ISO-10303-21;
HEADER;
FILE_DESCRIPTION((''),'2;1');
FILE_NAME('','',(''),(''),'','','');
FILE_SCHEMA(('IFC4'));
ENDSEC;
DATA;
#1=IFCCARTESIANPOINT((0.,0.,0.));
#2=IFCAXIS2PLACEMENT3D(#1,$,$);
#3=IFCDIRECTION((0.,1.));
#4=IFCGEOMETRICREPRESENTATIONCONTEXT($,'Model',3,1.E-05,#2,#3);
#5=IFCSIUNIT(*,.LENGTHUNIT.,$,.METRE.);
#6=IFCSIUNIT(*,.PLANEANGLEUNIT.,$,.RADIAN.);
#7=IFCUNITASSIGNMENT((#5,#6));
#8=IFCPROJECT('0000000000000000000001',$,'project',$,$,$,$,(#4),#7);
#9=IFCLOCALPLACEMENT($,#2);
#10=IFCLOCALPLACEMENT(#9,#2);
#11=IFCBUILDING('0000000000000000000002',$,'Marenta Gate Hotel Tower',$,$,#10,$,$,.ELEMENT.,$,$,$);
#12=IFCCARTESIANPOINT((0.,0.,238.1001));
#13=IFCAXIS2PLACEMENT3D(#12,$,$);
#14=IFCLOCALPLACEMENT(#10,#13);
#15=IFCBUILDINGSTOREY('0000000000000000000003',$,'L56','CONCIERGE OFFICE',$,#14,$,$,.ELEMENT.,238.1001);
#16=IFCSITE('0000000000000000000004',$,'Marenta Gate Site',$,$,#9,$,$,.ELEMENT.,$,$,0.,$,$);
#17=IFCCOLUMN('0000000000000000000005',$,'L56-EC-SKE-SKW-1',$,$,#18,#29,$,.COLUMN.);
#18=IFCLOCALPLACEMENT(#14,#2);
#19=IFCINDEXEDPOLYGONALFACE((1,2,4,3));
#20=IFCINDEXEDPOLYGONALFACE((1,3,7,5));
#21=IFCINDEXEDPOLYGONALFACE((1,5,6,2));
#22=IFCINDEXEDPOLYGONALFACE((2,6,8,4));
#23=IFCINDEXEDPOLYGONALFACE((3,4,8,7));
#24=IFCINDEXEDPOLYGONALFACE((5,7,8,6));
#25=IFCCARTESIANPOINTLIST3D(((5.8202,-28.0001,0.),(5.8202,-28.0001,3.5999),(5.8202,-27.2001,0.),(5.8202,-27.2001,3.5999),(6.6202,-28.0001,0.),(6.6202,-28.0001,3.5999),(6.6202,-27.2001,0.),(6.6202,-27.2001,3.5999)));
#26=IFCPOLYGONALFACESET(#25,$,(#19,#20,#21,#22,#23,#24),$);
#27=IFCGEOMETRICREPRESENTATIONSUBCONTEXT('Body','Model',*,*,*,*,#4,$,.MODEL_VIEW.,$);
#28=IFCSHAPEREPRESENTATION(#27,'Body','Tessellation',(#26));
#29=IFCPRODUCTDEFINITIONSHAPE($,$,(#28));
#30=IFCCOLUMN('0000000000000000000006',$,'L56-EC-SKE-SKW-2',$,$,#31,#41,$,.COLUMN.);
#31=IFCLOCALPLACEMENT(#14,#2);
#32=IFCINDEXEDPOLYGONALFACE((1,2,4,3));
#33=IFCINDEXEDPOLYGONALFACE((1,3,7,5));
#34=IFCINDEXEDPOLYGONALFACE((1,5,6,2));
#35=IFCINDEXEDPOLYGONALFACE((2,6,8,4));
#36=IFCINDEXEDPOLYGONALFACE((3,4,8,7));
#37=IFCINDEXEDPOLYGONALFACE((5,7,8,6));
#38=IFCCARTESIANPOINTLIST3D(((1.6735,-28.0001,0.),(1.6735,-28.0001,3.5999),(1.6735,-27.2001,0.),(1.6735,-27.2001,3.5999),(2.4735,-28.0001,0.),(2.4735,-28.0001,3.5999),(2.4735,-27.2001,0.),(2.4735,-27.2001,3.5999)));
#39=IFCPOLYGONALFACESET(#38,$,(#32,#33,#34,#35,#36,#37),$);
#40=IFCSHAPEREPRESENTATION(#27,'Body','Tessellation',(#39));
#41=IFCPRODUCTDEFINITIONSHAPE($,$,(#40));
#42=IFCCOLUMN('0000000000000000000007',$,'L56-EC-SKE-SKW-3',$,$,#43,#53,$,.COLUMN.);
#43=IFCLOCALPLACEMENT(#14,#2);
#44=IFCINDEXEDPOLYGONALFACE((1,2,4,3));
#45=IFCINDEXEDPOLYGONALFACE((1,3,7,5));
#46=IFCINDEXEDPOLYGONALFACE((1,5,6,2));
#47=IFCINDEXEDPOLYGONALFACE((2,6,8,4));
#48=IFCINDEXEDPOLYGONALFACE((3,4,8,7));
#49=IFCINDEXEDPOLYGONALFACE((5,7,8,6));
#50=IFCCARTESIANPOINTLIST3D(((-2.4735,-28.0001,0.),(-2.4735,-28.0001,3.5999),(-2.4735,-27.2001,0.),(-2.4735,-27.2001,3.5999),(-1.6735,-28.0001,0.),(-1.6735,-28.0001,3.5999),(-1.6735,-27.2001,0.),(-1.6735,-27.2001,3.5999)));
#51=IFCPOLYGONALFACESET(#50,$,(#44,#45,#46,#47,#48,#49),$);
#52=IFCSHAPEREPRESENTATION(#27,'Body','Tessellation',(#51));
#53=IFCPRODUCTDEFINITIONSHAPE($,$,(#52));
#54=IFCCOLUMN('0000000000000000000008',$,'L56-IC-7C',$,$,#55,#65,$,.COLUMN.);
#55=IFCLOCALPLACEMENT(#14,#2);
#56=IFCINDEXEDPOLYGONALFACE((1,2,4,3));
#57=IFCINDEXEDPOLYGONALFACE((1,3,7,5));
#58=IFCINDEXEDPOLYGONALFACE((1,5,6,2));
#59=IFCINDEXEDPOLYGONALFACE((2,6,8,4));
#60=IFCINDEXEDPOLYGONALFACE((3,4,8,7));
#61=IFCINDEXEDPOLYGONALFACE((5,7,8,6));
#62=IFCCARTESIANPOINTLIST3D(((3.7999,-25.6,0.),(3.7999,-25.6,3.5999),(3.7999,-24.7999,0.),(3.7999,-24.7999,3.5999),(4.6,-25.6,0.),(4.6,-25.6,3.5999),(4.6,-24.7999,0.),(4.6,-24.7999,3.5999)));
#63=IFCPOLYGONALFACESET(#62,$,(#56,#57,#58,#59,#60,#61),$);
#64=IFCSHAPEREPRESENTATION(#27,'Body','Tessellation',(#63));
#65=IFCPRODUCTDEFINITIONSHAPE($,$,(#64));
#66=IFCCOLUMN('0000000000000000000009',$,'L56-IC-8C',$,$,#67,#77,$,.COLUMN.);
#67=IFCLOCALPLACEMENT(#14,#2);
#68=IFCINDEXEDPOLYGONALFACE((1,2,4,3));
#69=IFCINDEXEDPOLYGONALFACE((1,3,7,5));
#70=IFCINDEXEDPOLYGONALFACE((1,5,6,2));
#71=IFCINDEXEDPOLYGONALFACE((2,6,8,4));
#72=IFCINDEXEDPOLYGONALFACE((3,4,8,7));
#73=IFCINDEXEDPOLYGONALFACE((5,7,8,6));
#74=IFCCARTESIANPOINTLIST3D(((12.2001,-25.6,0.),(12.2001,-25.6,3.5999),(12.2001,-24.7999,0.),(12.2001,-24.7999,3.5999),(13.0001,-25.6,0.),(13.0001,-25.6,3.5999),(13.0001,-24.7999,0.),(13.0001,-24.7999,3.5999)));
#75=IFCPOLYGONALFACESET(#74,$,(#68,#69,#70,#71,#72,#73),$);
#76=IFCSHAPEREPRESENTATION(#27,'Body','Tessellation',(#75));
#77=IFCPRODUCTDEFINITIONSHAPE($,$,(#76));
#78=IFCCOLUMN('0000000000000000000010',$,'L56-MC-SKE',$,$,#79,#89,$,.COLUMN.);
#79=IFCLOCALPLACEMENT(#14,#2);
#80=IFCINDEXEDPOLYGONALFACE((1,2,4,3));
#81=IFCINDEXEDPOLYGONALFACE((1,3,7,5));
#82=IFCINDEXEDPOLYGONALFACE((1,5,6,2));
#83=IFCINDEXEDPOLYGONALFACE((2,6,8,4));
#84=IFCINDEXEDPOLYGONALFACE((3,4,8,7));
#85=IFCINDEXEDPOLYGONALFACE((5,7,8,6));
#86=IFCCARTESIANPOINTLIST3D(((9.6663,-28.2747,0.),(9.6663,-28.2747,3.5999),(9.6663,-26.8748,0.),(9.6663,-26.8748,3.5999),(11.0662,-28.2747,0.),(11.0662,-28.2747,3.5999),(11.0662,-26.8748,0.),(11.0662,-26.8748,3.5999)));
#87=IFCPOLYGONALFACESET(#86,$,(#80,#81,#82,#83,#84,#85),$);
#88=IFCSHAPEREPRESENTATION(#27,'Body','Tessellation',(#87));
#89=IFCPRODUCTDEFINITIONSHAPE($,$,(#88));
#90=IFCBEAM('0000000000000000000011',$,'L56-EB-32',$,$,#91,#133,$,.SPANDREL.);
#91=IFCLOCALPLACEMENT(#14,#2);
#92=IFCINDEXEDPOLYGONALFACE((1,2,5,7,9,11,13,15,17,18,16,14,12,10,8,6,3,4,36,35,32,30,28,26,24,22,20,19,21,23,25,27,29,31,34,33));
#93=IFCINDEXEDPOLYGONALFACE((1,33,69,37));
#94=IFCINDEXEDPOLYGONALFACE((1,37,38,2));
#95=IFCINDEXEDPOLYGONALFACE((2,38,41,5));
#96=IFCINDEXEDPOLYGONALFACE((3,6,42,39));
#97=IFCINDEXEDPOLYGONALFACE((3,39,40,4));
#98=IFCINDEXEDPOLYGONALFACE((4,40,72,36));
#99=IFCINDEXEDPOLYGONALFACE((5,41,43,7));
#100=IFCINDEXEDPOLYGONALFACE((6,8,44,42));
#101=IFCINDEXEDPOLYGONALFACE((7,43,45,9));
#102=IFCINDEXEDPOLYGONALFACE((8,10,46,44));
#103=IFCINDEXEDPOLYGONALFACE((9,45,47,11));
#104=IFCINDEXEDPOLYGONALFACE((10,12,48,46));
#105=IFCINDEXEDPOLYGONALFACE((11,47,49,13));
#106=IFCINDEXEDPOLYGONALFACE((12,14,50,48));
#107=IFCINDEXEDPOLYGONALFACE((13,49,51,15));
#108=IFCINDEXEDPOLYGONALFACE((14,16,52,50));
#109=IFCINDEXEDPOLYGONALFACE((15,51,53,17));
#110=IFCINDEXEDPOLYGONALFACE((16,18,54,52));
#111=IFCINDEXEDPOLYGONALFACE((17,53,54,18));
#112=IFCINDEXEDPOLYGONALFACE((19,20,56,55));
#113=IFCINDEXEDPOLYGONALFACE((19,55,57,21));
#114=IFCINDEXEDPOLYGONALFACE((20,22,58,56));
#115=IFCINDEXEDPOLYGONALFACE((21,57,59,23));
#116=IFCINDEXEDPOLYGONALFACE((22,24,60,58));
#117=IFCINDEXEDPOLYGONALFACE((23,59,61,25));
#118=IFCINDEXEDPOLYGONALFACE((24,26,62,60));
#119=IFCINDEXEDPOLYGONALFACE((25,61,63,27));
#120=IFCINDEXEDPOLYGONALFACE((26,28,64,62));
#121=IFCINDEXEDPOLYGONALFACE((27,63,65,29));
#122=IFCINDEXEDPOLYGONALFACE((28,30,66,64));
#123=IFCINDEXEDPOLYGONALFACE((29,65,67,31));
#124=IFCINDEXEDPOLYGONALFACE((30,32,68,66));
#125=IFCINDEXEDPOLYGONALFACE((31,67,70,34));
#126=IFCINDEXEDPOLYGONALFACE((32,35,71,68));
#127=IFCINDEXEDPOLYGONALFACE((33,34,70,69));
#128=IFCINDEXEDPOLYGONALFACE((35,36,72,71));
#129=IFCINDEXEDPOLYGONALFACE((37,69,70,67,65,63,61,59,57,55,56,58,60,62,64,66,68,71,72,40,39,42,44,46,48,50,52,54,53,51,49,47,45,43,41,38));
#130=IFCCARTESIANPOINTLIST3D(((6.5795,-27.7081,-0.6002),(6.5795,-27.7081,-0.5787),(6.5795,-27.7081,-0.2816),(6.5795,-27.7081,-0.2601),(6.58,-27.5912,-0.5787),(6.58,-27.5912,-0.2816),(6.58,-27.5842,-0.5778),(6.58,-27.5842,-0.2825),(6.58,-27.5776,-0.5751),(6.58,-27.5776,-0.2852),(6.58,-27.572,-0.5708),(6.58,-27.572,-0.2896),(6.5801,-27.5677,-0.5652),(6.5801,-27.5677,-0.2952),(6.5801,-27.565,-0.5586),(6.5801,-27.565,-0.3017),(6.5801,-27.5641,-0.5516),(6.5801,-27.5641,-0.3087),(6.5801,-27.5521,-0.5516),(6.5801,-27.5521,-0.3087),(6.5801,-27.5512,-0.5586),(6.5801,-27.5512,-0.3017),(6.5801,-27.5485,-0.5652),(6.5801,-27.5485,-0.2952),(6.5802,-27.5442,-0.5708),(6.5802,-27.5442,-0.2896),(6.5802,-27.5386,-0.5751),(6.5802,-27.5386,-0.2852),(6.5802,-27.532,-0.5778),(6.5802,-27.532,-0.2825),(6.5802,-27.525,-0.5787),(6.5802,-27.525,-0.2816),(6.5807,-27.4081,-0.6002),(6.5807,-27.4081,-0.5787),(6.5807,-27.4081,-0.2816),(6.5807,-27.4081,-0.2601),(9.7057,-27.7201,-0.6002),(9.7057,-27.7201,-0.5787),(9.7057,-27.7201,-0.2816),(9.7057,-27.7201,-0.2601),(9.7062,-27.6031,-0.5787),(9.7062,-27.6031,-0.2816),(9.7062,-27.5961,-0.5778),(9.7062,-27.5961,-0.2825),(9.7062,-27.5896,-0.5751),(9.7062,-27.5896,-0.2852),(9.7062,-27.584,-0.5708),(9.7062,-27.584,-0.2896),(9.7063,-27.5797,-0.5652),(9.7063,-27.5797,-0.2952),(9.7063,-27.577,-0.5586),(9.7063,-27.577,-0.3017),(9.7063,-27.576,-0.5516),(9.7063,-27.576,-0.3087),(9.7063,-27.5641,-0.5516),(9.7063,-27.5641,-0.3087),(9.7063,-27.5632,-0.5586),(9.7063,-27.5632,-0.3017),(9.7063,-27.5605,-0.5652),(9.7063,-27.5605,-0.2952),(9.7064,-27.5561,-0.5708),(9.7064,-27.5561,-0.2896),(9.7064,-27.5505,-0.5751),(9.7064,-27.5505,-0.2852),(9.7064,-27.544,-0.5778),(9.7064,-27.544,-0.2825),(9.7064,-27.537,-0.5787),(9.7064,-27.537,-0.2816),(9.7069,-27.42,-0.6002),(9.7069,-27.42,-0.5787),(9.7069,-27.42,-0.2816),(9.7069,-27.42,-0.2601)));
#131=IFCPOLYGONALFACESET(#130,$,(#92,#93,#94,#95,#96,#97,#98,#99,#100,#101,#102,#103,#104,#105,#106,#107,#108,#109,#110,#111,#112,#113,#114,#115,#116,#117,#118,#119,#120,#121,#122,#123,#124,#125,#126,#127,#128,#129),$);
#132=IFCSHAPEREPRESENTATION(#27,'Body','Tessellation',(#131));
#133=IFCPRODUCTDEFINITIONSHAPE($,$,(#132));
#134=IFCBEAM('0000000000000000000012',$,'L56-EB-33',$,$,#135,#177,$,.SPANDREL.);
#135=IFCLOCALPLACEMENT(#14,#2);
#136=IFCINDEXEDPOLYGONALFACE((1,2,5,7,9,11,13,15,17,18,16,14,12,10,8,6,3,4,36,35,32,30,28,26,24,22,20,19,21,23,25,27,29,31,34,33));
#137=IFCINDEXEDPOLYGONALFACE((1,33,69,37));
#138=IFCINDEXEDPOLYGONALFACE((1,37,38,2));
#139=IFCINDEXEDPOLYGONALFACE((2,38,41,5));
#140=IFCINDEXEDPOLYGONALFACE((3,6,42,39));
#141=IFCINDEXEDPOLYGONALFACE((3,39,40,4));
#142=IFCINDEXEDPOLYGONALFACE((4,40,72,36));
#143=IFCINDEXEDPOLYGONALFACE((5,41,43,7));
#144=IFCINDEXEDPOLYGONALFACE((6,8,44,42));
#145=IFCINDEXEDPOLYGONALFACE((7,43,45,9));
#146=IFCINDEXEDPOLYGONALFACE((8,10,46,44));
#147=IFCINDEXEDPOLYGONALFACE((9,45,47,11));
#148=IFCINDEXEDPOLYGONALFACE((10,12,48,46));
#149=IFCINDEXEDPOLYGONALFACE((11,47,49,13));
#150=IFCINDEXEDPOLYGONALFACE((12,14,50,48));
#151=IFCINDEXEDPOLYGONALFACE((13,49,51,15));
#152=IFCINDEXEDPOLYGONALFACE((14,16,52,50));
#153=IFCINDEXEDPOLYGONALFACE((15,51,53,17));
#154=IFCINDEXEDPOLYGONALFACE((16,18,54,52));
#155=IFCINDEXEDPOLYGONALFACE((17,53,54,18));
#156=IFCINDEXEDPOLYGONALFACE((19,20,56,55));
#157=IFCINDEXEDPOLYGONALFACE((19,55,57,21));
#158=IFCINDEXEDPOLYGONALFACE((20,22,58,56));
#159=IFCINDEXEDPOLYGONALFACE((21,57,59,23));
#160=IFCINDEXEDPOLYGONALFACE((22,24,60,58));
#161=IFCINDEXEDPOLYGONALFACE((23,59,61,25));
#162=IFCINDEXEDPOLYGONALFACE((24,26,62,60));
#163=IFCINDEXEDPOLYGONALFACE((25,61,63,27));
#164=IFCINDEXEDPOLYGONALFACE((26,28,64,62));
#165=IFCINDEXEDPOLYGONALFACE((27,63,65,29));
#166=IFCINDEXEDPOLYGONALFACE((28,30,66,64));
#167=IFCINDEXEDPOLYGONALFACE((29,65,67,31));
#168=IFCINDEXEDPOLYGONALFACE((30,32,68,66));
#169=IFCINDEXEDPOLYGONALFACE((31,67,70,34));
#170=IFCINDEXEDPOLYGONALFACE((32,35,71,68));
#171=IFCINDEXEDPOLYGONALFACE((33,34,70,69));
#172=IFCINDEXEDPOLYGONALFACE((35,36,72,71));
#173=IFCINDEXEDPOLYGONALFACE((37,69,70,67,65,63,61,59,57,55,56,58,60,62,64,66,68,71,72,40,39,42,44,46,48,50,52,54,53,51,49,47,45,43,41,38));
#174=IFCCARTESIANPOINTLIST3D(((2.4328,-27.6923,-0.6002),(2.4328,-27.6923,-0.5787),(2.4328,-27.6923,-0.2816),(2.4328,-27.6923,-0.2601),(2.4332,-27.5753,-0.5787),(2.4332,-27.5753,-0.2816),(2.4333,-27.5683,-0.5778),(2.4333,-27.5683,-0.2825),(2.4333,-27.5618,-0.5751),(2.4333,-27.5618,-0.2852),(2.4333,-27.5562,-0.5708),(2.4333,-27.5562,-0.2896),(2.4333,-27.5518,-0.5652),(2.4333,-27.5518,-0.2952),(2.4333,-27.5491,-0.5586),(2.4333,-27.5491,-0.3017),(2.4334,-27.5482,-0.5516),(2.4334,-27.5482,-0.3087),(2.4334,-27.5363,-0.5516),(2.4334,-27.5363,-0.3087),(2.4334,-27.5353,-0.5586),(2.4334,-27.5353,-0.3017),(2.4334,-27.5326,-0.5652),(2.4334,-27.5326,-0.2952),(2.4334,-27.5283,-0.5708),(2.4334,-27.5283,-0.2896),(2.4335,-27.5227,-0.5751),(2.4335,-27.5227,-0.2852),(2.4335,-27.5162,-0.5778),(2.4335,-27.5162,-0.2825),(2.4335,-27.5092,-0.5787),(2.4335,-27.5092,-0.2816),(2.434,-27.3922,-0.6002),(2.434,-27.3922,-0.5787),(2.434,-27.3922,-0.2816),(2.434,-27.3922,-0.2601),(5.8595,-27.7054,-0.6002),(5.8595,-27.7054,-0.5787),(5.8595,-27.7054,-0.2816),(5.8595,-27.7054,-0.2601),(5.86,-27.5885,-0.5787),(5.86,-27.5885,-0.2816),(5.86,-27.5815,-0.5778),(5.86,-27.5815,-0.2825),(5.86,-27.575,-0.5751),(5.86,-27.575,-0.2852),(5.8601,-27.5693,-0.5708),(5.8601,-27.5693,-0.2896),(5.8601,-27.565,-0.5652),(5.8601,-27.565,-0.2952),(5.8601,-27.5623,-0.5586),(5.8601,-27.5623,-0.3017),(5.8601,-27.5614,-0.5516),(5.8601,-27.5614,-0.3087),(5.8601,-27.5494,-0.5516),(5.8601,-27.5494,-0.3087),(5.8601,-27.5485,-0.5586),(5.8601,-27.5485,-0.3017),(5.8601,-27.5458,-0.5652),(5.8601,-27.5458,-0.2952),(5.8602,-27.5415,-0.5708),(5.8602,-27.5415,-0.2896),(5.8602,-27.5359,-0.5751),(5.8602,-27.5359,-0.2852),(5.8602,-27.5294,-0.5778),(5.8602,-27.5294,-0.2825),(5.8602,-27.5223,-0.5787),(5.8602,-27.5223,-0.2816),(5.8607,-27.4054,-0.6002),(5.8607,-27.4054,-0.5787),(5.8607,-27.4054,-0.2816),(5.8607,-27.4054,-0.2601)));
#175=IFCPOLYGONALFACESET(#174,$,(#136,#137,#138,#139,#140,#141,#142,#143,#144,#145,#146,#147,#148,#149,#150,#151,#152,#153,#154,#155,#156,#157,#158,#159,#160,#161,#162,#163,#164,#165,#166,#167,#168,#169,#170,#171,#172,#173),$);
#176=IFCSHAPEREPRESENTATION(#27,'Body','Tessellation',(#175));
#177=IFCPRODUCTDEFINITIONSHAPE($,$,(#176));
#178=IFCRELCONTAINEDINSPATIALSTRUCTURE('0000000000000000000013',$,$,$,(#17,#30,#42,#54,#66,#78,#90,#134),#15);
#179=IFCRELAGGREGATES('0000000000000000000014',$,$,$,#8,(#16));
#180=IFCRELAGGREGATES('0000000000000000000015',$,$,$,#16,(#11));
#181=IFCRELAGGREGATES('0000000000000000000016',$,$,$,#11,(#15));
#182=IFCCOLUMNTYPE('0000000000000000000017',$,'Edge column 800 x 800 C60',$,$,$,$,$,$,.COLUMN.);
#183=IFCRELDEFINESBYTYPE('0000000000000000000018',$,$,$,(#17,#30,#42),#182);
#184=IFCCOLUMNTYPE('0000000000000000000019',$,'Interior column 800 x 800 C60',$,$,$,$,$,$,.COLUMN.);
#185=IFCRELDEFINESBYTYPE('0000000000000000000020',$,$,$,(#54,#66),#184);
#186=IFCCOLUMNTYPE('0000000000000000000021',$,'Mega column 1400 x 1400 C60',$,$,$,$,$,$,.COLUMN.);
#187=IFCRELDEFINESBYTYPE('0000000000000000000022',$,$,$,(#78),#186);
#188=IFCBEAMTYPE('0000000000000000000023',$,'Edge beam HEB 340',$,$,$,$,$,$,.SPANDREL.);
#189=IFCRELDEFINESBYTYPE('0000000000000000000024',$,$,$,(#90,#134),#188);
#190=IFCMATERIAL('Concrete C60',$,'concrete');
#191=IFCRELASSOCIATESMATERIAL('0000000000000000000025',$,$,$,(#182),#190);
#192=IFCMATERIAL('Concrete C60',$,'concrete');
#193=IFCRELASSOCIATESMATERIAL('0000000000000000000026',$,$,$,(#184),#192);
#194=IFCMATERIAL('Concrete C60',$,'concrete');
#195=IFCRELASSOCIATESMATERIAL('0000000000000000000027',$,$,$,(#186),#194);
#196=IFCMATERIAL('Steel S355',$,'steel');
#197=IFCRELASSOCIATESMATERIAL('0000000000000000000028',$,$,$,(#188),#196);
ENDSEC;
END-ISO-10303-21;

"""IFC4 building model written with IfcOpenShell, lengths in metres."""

from ifc_helpers import new_model, si_unit, direction, frame, origin, origin_2d, place, context, subcontext, project, spatial, rectangle, i_section, extrude, material, material_profile, profile_set, type_object, element, save


model = new_model("IFC4")

# Units and contexts
model_context = context("Model", 3, precision=1e-05, world=origin(), true_north=direction((0.0, 1.0)))
body_context = subcontext(model_context, "Body", "Model", "MODEL_VIEW")
ifc_project = project(units=[si_unit("LENGTHUNIT", "METRE"), si_unit("PLANEANGLEUNIT", "RADIAN")], contexts=[model_context])

# Site, building, storey
site_placement = place(None, origin())
site = spatial("IfcSite", under=ifc_project, at=site_placement, Name="Marenta Gate Site", CompositionType="ELEMENT", RefElevation=0.0)
building_placement = place(site_placement, origin())
building = spatial("IfcBuilding", under=site, at=building_placement, Name="Marenta Gate Hotel Tower", CompositionType="ELEMENT")
storey_placement = place(building_placement, frame((0.0, 0.0, 238.1001)))
storey = spatial("IfcBuildingStorey", under=building, at=storey_placement, Name="L56", Description="CONCIERGE OFFICE", CompositionType="ELEMENT", Elevation=238.1001)

# Columns
ifc_material_1 = material(Name="Concrete C60", Category="concrete")
ifc_material_profile_1 = material_profile(ifc_material_1, rectangle(XDim=0.8, YDim=0.8, at=origin_2d()), Name="800 x 800")
ifc_profile_set_1 = profile_set([ifc_material_profile_1], Name="Concrete C60")
column_type_1 = type_object("IfcColumnType", Name="Edge column 800 x 800 C60", PredefinedType="COLUMN", material=ifc_profile_set_1)
for number, where, z_axis, x_axis, name in (
    (1, (6.2202, -27.6001, 0.0), (0.0, 0.0, 1.0), (1.0, 0.0, 0.0), "L56-EC-SKE-SKW-1"),
    (2, (2.0735, -27.6001, 0.0), (0.0, 0.0, 1.0), (1.0, 0.0, 0.0), "L56-EC-SKE-SKW-2"),
    (3, (-2.0735, -27.6001, 0.0), (0.0, 0.0, 1.0), (1.0, 0.0, 0.0), "L56-EC-SKE-SKW-3"),
):
    element("IfcColumn", number, at=place(storey_placement, frame(where, z_axis=z_axis, x_axis=x_axis)), inside=storey, type_object=column_type_1, Name=name, PredefinedType="COLUMN", context=body_context, shape_type="SweptSolid", body=[
        extrude(rectangle(XDim=0.8, YDim=0.8, at=origin_2d()), origin(), (0.0, 0.0, 1.0), 3.5999),
    ])
ifc_material_2 = material(Name="Concrete C60", Category="concrete")
ifc_material_profile_2 = material_profile(ifc_material_2, rectangle(XDim=0.8, YDim=0.8, at=origin_2d()), Name="800 x 800")
ifc_profile_set_2 = profile_set([ifc_material_profile_2], Name="Concrete C60")
column_type_2 = type_object("IfcColumnType", Name="Interior column 800 x 800 C60", PredefinedType="COLUMN", material=ifc_profile_set_2)
for number, where, z_axis, x_axis, name in (
    (4, (4.2, -25.2, 0.0), (0.0, 0.0, 1.0), (1.0, 0.0, 0.0), "L56-IC-7C"),
    (5, (12.6001, -25.2, 0.0), (0.0, 0.0, 1.0), (1.0, 0.0, 0.0), "L56-IC-8C"),
):
    element("IfcColumn", number, at=place(storey_placement, frame(where, z_axis=z_axis, x_axis=x_axis)), inside=storey, type_object=column_type_2, Name=name, PredefinedType="COLUMN", context=body_context, shape_type="SweptSolid", body=[
        extrude(rectangle(XDim=0.8, YDim=0.8, at=origin_2d()), origin(), (0.0, 0.0, 1.0), 3.5999),
    ])
ifc_material_3 = material(Name="Concrete C60", Category="concrete")
ifc_material_profile_3 = material_profile(ifc_material_3, rectangle(XDim=1.3999, YDim=1.3999, at=origin_2d()), Name="1400 x 1400")
ifc_profile_set_3 = profile_set([ifc_material_profile_3], Name="Concrete C60")
column_type_3 = type_object("IfcColumnType", Name="Mega column 1400 x 1400 C60", PredefinedType="COLUMN", material=ifc_profile_set_3)
column_placement = place(storey_placement, frame((10.3662, -27.5747, 0.0), z_axis=(0.0, 0.0, 1.0), x_axis=(1.0, 0.0, 0.0)))
element("IfcColumn", 6, at=column_placement, inside=storey, type_object=column_type_3, Name="L56-MC-SKE", PredefinedType="COLUMN", context=body_context, shape_type="SweptSolid", body=[
    extrude(rectangle(XDim=1.3999, YDim=1.3999, at=origin_2d()), origin(), (0.0, 0.0, 1.0), 3.5999),
])

# Beams
ifc_material_4 = material(Name="Steel S355", Category="steel")
ifc_material_profile_4 = material_profile(ifc_material_4, i_section(OverallWidth=0.3, OverallDepth=0.3401, WebThickness=0.012, FlangeThickness=0.0215, FilletRadius=0.0271, at=origin_2d()), Name="HEB 340")
ifc_profile_set_4 = profile_set([ifc_material_profile_4], Name="Steel S355")
beam_type_1 = type_object("IfcBeamType", Name="Edge beam HEB 340", PredefinedType="SPANDREL", material=ifc_profile_set_4)
beam_1_placement = place(storey_placement, frame((9.7063, -27.5701, -0.4302), z_axis=(-0.999993, 0.003827, 0.0), x_axis=(-0.003827, -0.999993, 0.0)))
element("IfcBeam", 7, at=beam_1_placement, inside=storey, type_object=beam_type_1, Name="L56-EB-32", PredefinedType="SPANDREL", context=body_context, shape_type="SweptSolid", body=[
    extrude(i_section(OverallWidth=0.3, OverallDepth=0.3401, WebThickness=0.012, FlangeThickness=0.0215, FilletRadius=0.0271, at=origin_2d()), origin(), (0.0, 0.0, 1.0), 3.1262),
])
for number, where, z_axis, x_axis, name in (
    (8, (5.8601, -27.5554, -0.4302), (-0.999993, 0.003847, 0.0), (-0.003847, -0.999993, 0.0), "L56-EB-33"),
):
    element("IfcBeam", number, at=place(storey_placement, frame(where, z_axis=z_axis, x_axis=x_axis)), inside=storey, type_object=beam_type_1, Name=name, PredefinedType="SPANDREL", context=body_context, shape_type="SweptSolid", body=[
        extrude(i_section(OverallWidth=0.3, OverallDepth=0.3401, WebThickness=0.012, FlangeThickness=0.0215, FilletRadius=0.0271, at=origin_2d()), origin(), (0.0, 0.0, 1.0), 3.4268),
    ])

save(model, "model.ifc")
